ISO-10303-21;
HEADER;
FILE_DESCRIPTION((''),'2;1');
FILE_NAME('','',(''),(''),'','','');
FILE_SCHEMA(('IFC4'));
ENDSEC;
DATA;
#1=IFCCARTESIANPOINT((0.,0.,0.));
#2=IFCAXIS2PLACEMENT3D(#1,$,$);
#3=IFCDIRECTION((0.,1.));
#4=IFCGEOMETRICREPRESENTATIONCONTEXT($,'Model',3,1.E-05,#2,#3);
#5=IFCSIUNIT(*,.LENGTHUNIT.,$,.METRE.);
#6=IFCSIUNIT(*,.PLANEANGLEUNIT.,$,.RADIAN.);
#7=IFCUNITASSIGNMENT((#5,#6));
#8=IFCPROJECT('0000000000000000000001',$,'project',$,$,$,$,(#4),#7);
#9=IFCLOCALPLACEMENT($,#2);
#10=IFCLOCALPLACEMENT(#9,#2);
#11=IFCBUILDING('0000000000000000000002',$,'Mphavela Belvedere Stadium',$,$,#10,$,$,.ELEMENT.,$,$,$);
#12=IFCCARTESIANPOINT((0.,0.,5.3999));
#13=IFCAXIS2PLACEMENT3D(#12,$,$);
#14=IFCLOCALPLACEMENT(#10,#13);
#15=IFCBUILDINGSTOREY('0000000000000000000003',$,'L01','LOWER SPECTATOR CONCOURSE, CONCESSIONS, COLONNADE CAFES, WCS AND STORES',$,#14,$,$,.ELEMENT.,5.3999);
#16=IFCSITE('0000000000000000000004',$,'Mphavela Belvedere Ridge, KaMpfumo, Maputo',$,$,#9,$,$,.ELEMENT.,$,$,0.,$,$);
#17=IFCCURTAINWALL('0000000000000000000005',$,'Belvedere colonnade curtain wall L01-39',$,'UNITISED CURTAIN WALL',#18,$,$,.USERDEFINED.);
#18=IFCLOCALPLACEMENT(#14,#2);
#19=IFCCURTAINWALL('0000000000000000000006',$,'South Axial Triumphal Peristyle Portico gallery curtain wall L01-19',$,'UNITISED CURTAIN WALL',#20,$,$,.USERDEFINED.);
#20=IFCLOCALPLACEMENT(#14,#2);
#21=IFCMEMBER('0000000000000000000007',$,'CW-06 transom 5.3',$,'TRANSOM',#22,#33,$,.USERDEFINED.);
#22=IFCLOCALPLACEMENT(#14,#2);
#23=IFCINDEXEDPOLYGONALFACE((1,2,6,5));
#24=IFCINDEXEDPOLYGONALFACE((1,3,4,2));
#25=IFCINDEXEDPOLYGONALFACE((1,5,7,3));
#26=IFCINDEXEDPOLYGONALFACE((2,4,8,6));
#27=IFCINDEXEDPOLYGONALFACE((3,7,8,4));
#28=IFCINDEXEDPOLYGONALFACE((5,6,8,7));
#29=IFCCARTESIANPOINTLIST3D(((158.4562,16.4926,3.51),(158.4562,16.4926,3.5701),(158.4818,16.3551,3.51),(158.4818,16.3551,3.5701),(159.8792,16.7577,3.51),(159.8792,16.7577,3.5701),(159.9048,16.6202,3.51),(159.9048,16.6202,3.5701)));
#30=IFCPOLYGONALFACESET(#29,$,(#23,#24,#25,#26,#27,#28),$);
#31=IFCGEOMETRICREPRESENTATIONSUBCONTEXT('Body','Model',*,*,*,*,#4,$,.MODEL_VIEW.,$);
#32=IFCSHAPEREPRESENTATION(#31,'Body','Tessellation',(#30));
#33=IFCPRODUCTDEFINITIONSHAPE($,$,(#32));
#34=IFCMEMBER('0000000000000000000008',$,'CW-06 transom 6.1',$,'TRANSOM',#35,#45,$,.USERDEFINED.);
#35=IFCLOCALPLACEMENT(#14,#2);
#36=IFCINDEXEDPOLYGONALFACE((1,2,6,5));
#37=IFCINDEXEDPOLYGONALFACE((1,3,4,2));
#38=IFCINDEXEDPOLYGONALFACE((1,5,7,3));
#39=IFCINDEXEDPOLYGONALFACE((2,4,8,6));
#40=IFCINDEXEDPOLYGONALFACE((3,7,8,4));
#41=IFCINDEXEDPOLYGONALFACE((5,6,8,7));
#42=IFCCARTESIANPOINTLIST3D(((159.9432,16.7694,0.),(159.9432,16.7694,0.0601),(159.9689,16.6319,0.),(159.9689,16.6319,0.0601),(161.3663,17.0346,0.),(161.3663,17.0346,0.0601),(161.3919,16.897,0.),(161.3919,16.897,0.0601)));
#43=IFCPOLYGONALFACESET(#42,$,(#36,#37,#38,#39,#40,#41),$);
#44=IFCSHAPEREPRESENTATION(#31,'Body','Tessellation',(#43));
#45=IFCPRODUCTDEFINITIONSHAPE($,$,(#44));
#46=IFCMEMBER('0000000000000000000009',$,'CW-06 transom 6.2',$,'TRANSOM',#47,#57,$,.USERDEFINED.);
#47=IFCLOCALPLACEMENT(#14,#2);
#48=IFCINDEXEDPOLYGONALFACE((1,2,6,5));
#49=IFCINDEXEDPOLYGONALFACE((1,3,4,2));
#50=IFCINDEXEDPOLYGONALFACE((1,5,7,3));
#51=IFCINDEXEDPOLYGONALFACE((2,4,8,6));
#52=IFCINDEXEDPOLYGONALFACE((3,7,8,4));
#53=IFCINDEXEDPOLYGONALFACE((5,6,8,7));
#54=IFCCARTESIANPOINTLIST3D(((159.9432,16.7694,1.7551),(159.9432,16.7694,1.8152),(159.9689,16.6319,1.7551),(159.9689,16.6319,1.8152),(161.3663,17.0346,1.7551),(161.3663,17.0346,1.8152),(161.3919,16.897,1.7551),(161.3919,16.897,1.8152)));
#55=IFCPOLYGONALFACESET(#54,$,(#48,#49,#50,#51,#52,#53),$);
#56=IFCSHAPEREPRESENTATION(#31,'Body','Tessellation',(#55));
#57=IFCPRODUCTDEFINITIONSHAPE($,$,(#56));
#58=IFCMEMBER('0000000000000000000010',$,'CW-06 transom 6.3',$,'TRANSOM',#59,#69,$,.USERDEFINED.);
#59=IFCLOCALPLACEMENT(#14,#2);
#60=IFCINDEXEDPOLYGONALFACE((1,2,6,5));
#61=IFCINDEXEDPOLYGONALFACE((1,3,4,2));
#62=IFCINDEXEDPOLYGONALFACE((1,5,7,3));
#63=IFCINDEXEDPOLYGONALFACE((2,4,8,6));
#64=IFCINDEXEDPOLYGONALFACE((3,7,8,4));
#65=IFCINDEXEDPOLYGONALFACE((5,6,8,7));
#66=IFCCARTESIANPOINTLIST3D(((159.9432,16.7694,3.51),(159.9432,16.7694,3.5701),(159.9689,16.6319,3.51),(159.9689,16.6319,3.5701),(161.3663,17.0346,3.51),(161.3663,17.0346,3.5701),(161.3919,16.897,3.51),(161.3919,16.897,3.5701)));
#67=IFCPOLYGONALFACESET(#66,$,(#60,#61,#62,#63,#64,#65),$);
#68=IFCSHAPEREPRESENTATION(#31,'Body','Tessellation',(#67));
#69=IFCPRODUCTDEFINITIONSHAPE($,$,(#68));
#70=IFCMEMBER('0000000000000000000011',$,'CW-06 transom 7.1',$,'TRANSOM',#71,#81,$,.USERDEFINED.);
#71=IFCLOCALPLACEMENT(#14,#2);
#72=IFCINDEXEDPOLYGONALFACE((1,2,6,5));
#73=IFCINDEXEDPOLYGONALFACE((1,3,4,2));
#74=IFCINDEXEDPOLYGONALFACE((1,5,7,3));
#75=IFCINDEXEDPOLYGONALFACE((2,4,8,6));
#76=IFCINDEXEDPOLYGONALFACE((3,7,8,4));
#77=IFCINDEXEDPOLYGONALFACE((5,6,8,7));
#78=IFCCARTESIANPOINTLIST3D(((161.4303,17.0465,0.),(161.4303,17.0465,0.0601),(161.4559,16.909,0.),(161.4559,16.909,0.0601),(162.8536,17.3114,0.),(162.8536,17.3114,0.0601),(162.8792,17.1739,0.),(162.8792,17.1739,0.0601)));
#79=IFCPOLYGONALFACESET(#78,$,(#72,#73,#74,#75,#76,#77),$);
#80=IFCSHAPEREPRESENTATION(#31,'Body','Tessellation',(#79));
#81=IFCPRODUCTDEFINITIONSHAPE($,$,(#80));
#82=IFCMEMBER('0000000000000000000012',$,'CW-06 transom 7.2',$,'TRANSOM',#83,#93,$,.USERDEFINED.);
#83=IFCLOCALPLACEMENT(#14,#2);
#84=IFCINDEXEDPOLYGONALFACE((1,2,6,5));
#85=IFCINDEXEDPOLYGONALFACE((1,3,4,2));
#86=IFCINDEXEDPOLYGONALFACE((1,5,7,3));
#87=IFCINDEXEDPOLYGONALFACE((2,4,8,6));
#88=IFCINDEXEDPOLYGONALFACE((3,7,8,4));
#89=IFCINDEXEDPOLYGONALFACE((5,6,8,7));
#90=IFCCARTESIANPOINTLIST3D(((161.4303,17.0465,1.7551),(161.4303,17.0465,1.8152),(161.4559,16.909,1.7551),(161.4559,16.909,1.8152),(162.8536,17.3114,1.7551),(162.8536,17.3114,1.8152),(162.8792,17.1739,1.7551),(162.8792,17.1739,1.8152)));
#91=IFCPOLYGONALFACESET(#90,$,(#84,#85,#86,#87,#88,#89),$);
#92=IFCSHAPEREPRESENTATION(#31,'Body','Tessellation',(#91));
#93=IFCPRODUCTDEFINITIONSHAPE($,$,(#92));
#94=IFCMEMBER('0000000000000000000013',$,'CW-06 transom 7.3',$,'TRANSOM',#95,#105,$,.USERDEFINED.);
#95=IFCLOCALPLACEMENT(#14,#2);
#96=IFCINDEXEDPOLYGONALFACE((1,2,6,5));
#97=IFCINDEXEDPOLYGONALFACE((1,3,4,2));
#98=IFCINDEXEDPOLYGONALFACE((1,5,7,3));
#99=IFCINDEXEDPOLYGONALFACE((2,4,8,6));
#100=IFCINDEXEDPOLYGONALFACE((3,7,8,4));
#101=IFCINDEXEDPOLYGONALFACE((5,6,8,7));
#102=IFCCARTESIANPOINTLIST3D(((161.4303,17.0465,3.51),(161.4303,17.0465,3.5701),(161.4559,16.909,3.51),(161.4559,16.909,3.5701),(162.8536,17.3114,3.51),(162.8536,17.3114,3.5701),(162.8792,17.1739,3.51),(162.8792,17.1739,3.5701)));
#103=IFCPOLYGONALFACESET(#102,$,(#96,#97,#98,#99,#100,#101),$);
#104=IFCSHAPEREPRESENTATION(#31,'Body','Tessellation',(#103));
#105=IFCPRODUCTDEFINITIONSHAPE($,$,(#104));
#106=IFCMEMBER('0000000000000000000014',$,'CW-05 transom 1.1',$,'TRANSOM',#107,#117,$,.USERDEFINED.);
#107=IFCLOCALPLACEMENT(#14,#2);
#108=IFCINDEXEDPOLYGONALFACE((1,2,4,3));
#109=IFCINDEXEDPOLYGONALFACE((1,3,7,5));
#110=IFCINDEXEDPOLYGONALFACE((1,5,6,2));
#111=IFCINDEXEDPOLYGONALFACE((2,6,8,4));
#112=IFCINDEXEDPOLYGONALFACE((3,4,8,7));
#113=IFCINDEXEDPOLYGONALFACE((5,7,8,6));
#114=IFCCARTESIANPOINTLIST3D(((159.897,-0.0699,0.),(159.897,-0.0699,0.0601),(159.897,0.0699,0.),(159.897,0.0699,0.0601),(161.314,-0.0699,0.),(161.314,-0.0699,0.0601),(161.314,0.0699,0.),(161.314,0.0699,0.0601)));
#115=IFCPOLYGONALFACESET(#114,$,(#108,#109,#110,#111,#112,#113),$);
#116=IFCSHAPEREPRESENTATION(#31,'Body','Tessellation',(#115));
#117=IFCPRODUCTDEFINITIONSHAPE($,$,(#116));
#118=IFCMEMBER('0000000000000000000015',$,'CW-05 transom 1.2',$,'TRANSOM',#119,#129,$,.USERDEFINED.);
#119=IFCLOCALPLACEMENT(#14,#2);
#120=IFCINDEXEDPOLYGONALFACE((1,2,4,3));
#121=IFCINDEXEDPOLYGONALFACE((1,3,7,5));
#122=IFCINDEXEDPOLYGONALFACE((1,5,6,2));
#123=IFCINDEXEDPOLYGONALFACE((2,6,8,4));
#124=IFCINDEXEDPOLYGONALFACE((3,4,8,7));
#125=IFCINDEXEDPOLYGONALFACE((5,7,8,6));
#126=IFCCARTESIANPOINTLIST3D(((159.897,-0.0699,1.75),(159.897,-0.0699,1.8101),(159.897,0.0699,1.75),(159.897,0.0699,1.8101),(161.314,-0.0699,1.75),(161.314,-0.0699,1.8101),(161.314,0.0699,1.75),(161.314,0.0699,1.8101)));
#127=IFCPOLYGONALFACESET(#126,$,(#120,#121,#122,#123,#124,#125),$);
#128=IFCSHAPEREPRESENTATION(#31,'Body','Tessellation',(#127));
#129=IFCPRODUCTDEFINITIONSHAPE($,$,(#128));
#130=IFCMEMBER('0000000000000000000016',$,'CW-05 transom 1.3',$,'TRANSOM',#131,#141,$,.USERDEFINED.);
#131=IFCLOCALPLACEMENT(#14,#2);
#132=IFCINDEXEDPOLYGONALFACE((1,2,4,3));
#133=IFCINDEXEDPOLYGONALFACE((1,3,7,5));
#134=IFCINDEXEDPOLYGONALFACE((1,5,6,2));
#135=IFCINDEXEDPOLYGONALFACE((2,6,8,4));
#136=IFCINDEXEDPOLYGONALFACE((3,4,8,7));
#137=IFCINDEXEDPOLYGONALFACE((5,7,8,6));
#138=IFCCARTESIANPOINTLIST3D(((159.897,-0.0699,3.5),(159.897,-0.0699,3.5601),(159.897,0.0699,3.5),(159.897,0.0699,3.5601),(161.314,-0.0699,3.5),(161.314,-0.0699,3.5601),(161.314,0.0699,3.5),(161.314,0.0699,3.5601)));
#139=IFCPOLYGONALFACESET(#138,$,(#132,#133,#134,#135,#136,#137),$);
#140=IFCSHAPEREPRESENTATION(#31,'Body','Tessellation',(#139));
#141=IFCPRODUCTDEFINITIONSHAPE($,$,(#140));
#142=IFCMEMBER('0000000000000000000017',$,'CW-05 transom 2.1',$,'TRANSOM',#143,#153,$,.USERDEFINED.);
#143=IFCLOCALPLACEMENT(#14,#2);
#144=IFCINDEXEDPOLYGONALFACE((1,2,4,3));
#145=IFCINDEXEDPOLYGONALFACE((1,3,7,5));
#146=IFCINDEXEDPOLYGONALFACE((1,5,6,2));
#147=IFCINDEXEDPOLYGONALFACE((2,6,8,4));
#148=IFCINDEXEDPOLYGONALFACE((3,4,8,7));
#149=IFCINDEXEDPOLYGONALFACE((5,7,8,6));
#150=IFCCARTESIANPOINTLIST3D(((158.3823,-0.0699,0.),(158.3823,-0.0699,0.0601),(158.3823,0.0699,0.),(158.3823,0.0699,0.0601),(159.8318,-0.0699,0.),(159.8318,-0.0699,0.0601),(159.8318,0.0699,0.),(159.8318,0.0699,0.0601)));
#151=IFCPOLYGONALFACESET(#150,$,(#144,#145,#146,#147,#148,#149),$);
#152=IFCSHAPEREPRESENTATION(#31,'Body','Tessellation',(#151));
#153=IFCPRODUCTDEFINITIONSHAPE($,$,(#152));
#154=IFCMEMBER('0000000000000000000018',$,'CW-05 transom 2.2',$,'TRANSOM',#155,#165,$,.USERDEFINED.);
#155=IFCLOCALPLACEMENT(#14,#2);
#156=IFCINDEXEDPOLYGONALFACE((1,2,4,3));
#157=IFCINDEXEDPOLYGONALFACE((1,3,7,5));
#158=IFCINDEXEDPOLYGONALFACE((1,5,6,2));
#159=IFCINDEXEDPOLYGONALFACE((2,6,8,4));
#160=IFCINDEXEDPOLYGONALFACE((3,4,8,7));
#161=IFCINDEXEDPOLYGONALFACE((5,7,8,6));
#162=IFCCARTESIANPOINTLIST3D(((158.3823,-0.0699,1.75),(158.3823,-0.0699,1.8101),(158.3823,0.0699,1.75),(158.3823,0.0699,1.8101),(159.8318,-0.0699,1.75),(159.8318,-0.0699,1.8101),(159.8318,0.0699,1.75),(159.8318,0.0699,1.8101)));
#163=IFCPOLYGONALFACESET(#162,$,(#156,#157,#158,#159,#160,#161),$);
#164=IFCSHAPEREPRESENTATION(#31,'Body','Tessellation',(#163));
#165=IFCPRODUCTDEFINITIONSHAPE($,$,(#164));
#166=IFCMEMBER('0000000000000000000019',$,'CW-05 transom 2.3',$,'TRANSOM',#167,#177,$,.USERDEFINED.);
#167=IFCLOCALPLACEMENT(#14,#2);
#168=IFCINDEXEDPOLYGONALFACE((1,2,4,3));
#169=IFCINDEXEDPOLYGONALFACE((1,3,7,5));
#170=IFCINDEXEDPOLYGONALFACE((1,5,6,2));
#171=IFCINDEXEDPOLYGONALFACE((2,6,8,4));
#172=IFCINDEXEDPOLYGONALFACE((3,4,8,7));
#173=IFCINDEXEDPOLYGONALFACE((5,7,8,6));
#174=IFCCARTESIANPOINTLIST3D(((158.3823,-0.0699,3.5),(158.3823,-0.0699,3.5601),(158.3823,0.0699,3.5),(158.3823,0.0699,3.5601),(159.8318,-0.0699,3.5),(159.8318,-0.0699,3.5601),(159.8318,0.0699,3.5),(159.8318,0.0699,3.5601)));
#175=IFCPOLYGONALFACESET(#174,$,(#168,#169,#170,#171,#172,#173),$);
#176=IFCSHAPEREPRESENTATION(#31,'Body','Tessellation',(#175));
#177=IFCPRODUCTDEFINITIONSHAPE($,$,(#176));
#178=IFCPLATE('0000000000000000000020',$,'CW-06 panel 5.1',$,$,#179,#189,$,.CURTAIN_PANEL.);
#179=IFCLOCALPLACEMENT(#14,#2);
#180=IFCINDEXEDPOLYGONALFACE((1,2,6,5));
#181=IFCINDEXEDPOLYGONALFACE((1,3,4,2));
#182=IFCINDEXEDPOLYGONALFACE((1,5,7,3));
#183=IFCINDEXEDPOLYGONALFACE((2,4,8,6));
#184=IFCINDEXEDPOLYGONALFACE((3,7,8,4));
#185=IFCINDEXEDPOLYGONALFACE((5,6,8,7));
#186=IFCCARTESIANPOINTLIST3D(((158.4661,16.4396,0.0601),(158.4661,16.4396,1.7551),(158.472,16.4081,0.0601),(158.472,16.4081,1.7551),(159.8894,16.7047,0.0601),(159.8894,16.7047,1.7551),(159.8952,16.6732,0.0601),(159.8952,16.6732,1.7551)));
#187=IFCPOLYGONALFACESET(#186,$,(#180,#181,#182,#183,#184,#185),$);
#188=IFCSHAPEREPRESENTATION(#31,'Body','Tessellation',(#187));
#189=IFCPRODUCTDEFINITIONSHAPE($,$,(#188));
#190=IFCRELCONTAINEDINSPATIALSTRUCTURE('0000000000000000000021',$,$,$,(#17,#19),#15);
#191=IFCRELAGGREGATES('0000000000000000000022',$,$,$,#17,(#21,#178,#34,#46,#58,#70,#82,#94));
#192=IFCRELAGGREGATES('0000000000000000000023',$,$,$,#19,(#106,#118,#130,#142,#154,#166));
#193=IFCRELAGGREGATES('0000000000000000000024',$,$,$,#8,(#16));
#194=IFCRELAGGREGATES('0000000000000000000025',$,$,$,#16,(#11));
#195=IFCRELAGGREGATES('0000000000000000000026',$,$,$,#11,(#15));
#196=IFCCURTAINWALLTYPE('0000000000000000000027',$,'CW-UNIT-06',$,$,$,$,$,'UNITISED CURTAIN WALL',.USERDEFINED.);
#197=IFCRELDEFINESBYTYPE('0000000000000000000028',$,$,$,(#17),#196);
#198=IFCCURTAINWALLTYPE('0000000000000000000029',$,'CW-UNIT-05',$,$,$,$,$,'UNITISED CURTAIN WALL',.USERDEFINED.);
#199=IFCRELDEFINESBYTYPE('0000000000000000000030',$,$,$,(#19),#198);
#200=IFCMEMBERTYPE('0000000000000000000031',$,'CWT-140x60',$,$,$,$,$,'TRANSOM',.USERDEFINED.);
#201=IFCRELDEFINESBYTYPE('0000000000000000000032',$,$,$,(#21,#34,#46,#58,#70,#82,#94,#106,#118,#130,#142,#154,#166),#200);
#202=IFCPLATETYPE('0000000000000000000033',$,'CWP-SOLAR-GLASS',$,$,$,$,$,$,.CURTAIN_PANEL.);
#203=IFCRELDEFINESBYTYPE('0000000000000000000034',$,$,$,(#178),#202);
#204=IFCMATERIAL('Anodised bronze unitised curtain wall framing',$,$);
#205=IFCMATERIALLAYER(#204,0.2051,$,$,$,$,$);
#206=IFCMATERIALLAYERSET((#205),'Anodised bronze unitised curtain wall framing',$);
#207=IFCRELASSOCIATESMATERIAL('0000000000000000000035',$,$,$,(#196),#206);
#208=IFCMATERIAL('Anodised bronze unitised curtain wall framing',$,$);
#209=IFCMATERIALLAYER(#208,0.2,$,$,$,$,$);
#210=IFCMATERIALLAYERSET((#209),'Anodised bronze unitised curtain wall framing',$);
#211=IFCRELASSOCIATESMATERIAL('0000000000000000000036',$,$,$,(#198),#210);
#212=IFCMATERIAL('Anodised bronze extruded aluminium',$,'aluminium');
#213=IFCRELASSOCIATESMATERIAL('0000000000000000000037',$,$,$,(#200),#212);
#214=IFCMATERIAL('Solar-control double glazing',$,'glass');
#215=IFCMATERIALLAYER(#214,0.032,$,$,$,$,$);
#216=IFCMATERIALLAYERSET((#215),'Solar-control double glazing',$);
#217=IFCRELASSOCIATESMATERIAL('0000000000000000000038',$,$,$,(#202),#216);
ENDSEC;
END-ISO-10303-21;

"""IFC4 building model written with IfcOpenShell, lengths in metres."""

from ifc_helpers import new_model, si_unit, direction, frame, origin, origin_2d, place, context, subcontext, project, spatial, rectangle, extrude, material, layer, layer_set, material_profile, profile_set, type_object, element, aggregate, save


model = new_model("IFC4")

# Units and contexts
model_context = context("Model", 3, precision=1e-05, world=origin(), true_north=direction((0.0, 1.0)))
body_context = subcontext(model_context, "Body", "Model", "MODEL_VIEW")
ifc_project = project(units=[si_unit("LENGTHUNIT", "METRE"), si_unit("PLANEANGLEUNIT", "RADIAN")], contexts=[model_context])

# Site, building, storey
site_placement = place(None, origin())
site = spatial("IfcSite", under=ifc_project, at=site_placement, Name="Mphavela Belvedere Ridge, KaMpfumo, Maputo", CompositionType="ELEMENT", RefElevation=0.0)
building_placement = place(site_placement, origin())
building = spatial("IfcBuilding", under=site, at=building_placement, Name="Mphavela Belvedere Stadium", CompositionType="ELEMENT")
storey_placement = place(building_placement, frame((0.0, 0.0, 5.3999)))
storey = spatial("IfcBuildingStorey", under=building, at=storey_placement, Name="L01", Description="LOWER SPECTATOR CONCOURSE, CONCESSIONS, COLONNADE CAFES, WCS AND STORES", CompositionType="ELEMENT", Elevation=5.3999)

# Curtain walls
ifc_material_1 = material(Name="Anodised bronze unitised curtain wall framing")
ifc_layer_1 = layer(ifc_material_1, 0.2051)
ifc_layer_set_1 = layer_set([ifc_layer_1], Name="Anodised bronze unitised curtain wall framing")
curtain_wall_type_1 = type_object("IfcCurtainWallType", Name="CW-UNIT-06", ElementType="UNITISED CURTAIN WALL", PredefinedType="USERDEFINED", material=ifc_layer_set_1)
curtain_wall_1_placement = place(storey_placement, origin())
curtain_wall_1 = element("IfcCurtainWall", 1, at=curtain_wall_1_placement, inside=storey, type_object=curtain_wall_type_1, Name="Belvedere colonnade curtain wall L01-39", ObjectType="UNITISED CURTAIN WALL", PredefinedType="USERDEFINED")
ifc_material_2 = material(Name="Anodised bronze unitised curtain wall framing")
ifc_layer_2 = layer(ifc_material_2, 0.2)
ifc_layer_set_2 = layer_set([ifc_layer_2], Name="Anodised bronze unitised curtain wall framing")
curtain_wall_type_2 = type_object("IfcCurtainWallType", Name="CW-UNIT-05", ElementType="UNITISED CURTAIN WALL", PredefinedType="USERDEFINED", material=ifc_layer_set_2)
curtain_wall_2_placement = place(storey_placement, origin())
curtain_wall_2 = element("IfcCurtainWall", 2, at=curtain_wall_2_placement, inside=storey, type_object=curtain_wall_type_2, Name="South Axial Triumphal Peristyle Portico gallery curtain wall L01-19", ObjectType="UNITISED CURTAIN WALL", PredefinedType="USERDEFINED")

# Members
ifc_material_3 = material(Name="Anodised bronze extruded aluminium", Category="aluminium")
ifc_material_profile_1 = material_profile(ifc_material_3, rectangle(XDim=0.1399, YDim=0.0601, at=origin_2d()), Name="CW-TRN 140x60")
ifc_profile_set_1 = profile_set([ifc_material_profile_1], Name="Anodised bronze extruded aluminium")
member_type_1 = type_object("IfcMemberType", Name="CWT-140x60", ElementType="TRANSOM", PredefinedType="USERDEFINED", material=ifc_profile_set_1)
member_1_placement = place(storey_placement, frame((158.469, 16.4238, 3.54), z_axis=(0.983083, 0.183158, 0.0), x_axis=(-0.183158, 0.983083, 0.0)))
member_1 = element("IfcMember", 3, at=member_1_placement, type_object=member_type_1, Name="CW-06 transom 5.3", ObjectType="TRANSOM", PredefinedType="USERDEFINED", context=body_context, shape_type="SweptSolid", body=[
    extrude(rectangle(XDim=0.1399, YDim=0.0601, at=origin_2d()), origin(), (0.0, 0.0, 1.0), 1.4475),
])
member_2_placement = place(storey_placement, frame((159.9561, 16.7007, 0.03), z_axis=(0.983083, 0.183158, 0.0), x_axis=(-0.183158, 0.983083, 0.0)))
member_2 = element("IfcMember", 4, at=member_2_placement, type_object=member_type_1, Name="CW-06 transom 6.1", ObjectType="TRANSOM", PredefinedType="USERDEFINED", context=body_context, shape_type="SweptSolid", body=[
    extrude(rectangle(XDim=0.1399, YDim=0.0601, at=origin_2d()), origin(), (0.0, 0.0, 1.0), 1.4475),
])
member_3_placement = place(storey_placement, frame((159.9561, 16.7007, 1.7852), z_axis=(0.983083, 0.183158, 0.0), x_axis=(-0.183158, 0.983083, 0.0)))
member_3 = element("IfcMember", 5, at=member_3_placement, type_object=member_type_1, Name="CW-06 transom 6.2", ObjectType="TRANSOM", PredefinedType="USERDEFINED", context=body_context, shape_type="SweptSolid", body=[
    extrude(rectangle(XDim=0.1399, YDim=0.0601, at=origin_2d()), origin(), (0.0, 0.0, 1.0), 1.4475),
])
member_4_placement = place(storey_placement, frame((159.9561, 16.7007, 3.54), z_axis=(0.983083, 0.183158, 0.0), x_axis=(-0.183158, 0.983083, 0.0)))
member_4 = element("IfcMember", 6, at=member_4_placement, type_object=member_type_1, Name="CW-06 transom 6.3", ObjectType="TRANSOM", PredefinedType="USERDEFINED", context=body_context, shape_type="SweptSolid", body=[
    extrude(rectangle(XDim=0.1399, YDim=0.0601, at=origin_2d()), origin(), (0.0, 0.0, 1.0), 1.4475),
])
member_5_placement = place(storey_placement, frame((161.4431, 16.9778, 0.03), z_axis=(0.983119, 0.182965, 0.0), x_axis=(-0.182965, 0.983119, 0.0)))
member_5 = element("IfcMember", 7, at=member_5_placement, type_object=member_type_1, Name="CW-06 transom 7.1", ObjectType="TRANSOM", PredefinedType="USERDEFINED", context=body_context, shape_type="SweptSolid", body=[
    extrude(rectangle(XDim=0.1399, YDim=0.0601, at=origin_2d()), origin(), (0.0, 0.0, 1.0), 1.4478),
])
member_6_placement = place(storey_placement, frame((161.4431, 16.9778, 1.7852), z_axis=(0.983119, 0.182965, 0.0), x_axis=(-0.182965, 0.983119, 0.0)))
member_6 = element("IfcMember", 8, at=member_6_placement, type_object=member_type_1, Name="CW-06 transom 7.2", ObjectType="TRANSOM", PredefinedType="USERDEFINED", context=body_context, shape_type="SweptSolid", body=[
    extrude(rectangle(XDim=0.1399, YDim=0.0601, at=origin_2d()), origin(), (0.0, 0.0, 1.0), 1.4478),
])
member_7_placement = place(storey_placement, frame((161.4431, 16.9778, 3.54), z_axis=(0.983119, 0.182965, 0.0), x_axis=(-0.182965, 0.983119, 0.0)))
member_7 = element("IfcMember", 9, at=member_7_placement, type_object=member_type_1, Name="CW-06 transom 7.3", ObjectType="TRANSOM", PredefinedType="USERDEFINED", context=body_context, shape_type="SweptSolid", body=[
    extrude(rectangle(XDim=0.1399, YDim=0.0601, at=origin_2d()), origin(), (0.0, 0.0, 1.0), 1.4478),
])
member_8_placement = place(storey_placement, frame((161.314, 0.0, 0.03), z_axis=(-1.0, 0.0, 0.0), x_axis=(0.0, -1.0, 0.0)))
member_8 = element("IfcMember", 10, at=member_8_placement, type_object=member_type_1, Name="CW-05 transom 1.1", ObjectType="TRANSOM", PredefinedType="USERDEFINED", context=body_context, shape_type="SweptSolid", body=[
    extrude(rectangle(XDim=0.1399, YDim=0.0601, at=origin_2d()), origin(), (0.0, 0.0, 1.0), 1.417),
])
member_9_placement = place(storey_placement, frame((161.314, 0.0, 1.78), z_axis=(-1.0, 0.0, 0.0), x_axis=(0.0, -1.0, 0.0)))
member_9 = element("IfcMember", 11, at=member_9_placement, type_object=member_type_1, Name="CW-05 transom 1.2", ObjectType="TRANSOM", PredefinedType="USERDEFINED", context=body_context, shape_type="SweptSolid", body=[
    extrude(rectangle(XDim=0.1399, YDim=0.0601, at=origin_2d()), origin(), (0.0, 0.0, 1.0), 1.417),
])
member_10_placement = place(storey_placement, frame((161.314, 0.0, 3.53), z_axis=(-1.0, 0.0, 0.0), x_axis=(0.0, -1.0, 0.0)))
member_10 = element("IfcMember", 12, at=member_10_placement, type_object=member_type_1, Name="CW-05 transom 1.3", ObjectType="TRANSOM", PredefinedType="USERDEFINED", context=body_context, shape_type="SweptSolid", body=[
    extrude(rectangle(XDim=0.1399, YDim=0.0601, at=origin_2d()), origin(), (0.0, 0.0, 1.0), 1.417),
])
member_11_placement = place(storey_placement, frame((159.8318, 0.0, 0.03), z_axis=(-1.0, 0.0, 0.0), x_axis=(0.0, -1.0, 0.0)))
member_11 = element("IfcMember", 13, at=member_11_placement, type_object=member_type_1, Name="CW-05 transom 2.1", ObjectType="TRANSOM", PredefinedType="USERDEFINED", context=body_context, shape_type="SweptSolid", body=[
    extrude(rectangle(XDim=0.1399, YDim=0.0601, at=origin_2d()), origin(), (0.0, 0.0, 1.0), 1.4495),
])
member_12_placement = place(storey_placement, frame((159.8318, 0.0, 1.78), z_axis=(-1.0, 0.0, 0.0), x_axis=(0.0, -1.0, 0.0)))
member_12 = element("IfcMember", 14, at=member_12_placement, type_object=member_type_1, Name="CW-05 transom 2.2", ObjectType="TRANSOM", PredefinedType="USERDEFINED", context=body_context, shape_type="SweptSolid", body=[
    extrude(rectangle(XDim=0.1399, YDim=0.0601, at=origin_2d()), origin(), (0.0, 0.0, 1.0), 1.4495),
])
member_13_placement = place(storey_placement, frame((159.8318, 0.0, 3.53), z_axis=(-1.0, 0.0, 0.0), x_axis=(0.0, -1.0, 0.0)))
member_13 = element("IfcMember", 15, at=member_13_placement, type_object=member_type_1, Name="CW-05 transom 2.3", ObjectType="TRANSOM", PredefinedType="USERDEFINED", context=body_context, shape_type="SweptSolid", body=[
    extrude(rectangle(XDim=0.1399, YDim=0.0601, at=origin_2d()), origin(), (0.0, 0.0, 1.0), 1.4495),
])

# Plate
ifc_material_4 = material(Name="Solar-control double glazing", Category="glass")
ifc_layer_3 = layer(ifc_material_4, 0.032)
ifc_layer_set_3 = layer_set([ifc_layer_3], Name="Solar-control double glazing")
plate_type = type_object("IfcPlateType", Name="CWP-SOLAR-GLASS", PredefinedType="CURTAIN_PANEL", material=ifc_layer_set_3)
plate_1_placement = place(storey_placement, frame((159.1807, 16.5564, 0.0601), z_axis=(0.0, 0.0, 1.0), x_axis=(0.983095, 0.183095, 0.0)))
plate_1 = element("IfcPlate", 16, at=plate_1_placement, type_object=plate_type, Name="CW-06 panel 5.1", PredefinedType="CURTAIN_PANEL", context=body_context, shape_type="SweptSolid", body=[
    extrude(rectangle(XDim=1.4478, YDim=0.032, at=origin_2d()), origin(), (0.0, 0.0, 1.0), 1.6951),
])
aggregate(curtain_wall_1, [member_1, plate_1, member_2, member_3, member_4, member_5, member_6, member_7])
aggregate(curtain_wall_2, [member_8, member_9, member_10, member_11, member_12, member_13])

save(model, "model.ifc")
